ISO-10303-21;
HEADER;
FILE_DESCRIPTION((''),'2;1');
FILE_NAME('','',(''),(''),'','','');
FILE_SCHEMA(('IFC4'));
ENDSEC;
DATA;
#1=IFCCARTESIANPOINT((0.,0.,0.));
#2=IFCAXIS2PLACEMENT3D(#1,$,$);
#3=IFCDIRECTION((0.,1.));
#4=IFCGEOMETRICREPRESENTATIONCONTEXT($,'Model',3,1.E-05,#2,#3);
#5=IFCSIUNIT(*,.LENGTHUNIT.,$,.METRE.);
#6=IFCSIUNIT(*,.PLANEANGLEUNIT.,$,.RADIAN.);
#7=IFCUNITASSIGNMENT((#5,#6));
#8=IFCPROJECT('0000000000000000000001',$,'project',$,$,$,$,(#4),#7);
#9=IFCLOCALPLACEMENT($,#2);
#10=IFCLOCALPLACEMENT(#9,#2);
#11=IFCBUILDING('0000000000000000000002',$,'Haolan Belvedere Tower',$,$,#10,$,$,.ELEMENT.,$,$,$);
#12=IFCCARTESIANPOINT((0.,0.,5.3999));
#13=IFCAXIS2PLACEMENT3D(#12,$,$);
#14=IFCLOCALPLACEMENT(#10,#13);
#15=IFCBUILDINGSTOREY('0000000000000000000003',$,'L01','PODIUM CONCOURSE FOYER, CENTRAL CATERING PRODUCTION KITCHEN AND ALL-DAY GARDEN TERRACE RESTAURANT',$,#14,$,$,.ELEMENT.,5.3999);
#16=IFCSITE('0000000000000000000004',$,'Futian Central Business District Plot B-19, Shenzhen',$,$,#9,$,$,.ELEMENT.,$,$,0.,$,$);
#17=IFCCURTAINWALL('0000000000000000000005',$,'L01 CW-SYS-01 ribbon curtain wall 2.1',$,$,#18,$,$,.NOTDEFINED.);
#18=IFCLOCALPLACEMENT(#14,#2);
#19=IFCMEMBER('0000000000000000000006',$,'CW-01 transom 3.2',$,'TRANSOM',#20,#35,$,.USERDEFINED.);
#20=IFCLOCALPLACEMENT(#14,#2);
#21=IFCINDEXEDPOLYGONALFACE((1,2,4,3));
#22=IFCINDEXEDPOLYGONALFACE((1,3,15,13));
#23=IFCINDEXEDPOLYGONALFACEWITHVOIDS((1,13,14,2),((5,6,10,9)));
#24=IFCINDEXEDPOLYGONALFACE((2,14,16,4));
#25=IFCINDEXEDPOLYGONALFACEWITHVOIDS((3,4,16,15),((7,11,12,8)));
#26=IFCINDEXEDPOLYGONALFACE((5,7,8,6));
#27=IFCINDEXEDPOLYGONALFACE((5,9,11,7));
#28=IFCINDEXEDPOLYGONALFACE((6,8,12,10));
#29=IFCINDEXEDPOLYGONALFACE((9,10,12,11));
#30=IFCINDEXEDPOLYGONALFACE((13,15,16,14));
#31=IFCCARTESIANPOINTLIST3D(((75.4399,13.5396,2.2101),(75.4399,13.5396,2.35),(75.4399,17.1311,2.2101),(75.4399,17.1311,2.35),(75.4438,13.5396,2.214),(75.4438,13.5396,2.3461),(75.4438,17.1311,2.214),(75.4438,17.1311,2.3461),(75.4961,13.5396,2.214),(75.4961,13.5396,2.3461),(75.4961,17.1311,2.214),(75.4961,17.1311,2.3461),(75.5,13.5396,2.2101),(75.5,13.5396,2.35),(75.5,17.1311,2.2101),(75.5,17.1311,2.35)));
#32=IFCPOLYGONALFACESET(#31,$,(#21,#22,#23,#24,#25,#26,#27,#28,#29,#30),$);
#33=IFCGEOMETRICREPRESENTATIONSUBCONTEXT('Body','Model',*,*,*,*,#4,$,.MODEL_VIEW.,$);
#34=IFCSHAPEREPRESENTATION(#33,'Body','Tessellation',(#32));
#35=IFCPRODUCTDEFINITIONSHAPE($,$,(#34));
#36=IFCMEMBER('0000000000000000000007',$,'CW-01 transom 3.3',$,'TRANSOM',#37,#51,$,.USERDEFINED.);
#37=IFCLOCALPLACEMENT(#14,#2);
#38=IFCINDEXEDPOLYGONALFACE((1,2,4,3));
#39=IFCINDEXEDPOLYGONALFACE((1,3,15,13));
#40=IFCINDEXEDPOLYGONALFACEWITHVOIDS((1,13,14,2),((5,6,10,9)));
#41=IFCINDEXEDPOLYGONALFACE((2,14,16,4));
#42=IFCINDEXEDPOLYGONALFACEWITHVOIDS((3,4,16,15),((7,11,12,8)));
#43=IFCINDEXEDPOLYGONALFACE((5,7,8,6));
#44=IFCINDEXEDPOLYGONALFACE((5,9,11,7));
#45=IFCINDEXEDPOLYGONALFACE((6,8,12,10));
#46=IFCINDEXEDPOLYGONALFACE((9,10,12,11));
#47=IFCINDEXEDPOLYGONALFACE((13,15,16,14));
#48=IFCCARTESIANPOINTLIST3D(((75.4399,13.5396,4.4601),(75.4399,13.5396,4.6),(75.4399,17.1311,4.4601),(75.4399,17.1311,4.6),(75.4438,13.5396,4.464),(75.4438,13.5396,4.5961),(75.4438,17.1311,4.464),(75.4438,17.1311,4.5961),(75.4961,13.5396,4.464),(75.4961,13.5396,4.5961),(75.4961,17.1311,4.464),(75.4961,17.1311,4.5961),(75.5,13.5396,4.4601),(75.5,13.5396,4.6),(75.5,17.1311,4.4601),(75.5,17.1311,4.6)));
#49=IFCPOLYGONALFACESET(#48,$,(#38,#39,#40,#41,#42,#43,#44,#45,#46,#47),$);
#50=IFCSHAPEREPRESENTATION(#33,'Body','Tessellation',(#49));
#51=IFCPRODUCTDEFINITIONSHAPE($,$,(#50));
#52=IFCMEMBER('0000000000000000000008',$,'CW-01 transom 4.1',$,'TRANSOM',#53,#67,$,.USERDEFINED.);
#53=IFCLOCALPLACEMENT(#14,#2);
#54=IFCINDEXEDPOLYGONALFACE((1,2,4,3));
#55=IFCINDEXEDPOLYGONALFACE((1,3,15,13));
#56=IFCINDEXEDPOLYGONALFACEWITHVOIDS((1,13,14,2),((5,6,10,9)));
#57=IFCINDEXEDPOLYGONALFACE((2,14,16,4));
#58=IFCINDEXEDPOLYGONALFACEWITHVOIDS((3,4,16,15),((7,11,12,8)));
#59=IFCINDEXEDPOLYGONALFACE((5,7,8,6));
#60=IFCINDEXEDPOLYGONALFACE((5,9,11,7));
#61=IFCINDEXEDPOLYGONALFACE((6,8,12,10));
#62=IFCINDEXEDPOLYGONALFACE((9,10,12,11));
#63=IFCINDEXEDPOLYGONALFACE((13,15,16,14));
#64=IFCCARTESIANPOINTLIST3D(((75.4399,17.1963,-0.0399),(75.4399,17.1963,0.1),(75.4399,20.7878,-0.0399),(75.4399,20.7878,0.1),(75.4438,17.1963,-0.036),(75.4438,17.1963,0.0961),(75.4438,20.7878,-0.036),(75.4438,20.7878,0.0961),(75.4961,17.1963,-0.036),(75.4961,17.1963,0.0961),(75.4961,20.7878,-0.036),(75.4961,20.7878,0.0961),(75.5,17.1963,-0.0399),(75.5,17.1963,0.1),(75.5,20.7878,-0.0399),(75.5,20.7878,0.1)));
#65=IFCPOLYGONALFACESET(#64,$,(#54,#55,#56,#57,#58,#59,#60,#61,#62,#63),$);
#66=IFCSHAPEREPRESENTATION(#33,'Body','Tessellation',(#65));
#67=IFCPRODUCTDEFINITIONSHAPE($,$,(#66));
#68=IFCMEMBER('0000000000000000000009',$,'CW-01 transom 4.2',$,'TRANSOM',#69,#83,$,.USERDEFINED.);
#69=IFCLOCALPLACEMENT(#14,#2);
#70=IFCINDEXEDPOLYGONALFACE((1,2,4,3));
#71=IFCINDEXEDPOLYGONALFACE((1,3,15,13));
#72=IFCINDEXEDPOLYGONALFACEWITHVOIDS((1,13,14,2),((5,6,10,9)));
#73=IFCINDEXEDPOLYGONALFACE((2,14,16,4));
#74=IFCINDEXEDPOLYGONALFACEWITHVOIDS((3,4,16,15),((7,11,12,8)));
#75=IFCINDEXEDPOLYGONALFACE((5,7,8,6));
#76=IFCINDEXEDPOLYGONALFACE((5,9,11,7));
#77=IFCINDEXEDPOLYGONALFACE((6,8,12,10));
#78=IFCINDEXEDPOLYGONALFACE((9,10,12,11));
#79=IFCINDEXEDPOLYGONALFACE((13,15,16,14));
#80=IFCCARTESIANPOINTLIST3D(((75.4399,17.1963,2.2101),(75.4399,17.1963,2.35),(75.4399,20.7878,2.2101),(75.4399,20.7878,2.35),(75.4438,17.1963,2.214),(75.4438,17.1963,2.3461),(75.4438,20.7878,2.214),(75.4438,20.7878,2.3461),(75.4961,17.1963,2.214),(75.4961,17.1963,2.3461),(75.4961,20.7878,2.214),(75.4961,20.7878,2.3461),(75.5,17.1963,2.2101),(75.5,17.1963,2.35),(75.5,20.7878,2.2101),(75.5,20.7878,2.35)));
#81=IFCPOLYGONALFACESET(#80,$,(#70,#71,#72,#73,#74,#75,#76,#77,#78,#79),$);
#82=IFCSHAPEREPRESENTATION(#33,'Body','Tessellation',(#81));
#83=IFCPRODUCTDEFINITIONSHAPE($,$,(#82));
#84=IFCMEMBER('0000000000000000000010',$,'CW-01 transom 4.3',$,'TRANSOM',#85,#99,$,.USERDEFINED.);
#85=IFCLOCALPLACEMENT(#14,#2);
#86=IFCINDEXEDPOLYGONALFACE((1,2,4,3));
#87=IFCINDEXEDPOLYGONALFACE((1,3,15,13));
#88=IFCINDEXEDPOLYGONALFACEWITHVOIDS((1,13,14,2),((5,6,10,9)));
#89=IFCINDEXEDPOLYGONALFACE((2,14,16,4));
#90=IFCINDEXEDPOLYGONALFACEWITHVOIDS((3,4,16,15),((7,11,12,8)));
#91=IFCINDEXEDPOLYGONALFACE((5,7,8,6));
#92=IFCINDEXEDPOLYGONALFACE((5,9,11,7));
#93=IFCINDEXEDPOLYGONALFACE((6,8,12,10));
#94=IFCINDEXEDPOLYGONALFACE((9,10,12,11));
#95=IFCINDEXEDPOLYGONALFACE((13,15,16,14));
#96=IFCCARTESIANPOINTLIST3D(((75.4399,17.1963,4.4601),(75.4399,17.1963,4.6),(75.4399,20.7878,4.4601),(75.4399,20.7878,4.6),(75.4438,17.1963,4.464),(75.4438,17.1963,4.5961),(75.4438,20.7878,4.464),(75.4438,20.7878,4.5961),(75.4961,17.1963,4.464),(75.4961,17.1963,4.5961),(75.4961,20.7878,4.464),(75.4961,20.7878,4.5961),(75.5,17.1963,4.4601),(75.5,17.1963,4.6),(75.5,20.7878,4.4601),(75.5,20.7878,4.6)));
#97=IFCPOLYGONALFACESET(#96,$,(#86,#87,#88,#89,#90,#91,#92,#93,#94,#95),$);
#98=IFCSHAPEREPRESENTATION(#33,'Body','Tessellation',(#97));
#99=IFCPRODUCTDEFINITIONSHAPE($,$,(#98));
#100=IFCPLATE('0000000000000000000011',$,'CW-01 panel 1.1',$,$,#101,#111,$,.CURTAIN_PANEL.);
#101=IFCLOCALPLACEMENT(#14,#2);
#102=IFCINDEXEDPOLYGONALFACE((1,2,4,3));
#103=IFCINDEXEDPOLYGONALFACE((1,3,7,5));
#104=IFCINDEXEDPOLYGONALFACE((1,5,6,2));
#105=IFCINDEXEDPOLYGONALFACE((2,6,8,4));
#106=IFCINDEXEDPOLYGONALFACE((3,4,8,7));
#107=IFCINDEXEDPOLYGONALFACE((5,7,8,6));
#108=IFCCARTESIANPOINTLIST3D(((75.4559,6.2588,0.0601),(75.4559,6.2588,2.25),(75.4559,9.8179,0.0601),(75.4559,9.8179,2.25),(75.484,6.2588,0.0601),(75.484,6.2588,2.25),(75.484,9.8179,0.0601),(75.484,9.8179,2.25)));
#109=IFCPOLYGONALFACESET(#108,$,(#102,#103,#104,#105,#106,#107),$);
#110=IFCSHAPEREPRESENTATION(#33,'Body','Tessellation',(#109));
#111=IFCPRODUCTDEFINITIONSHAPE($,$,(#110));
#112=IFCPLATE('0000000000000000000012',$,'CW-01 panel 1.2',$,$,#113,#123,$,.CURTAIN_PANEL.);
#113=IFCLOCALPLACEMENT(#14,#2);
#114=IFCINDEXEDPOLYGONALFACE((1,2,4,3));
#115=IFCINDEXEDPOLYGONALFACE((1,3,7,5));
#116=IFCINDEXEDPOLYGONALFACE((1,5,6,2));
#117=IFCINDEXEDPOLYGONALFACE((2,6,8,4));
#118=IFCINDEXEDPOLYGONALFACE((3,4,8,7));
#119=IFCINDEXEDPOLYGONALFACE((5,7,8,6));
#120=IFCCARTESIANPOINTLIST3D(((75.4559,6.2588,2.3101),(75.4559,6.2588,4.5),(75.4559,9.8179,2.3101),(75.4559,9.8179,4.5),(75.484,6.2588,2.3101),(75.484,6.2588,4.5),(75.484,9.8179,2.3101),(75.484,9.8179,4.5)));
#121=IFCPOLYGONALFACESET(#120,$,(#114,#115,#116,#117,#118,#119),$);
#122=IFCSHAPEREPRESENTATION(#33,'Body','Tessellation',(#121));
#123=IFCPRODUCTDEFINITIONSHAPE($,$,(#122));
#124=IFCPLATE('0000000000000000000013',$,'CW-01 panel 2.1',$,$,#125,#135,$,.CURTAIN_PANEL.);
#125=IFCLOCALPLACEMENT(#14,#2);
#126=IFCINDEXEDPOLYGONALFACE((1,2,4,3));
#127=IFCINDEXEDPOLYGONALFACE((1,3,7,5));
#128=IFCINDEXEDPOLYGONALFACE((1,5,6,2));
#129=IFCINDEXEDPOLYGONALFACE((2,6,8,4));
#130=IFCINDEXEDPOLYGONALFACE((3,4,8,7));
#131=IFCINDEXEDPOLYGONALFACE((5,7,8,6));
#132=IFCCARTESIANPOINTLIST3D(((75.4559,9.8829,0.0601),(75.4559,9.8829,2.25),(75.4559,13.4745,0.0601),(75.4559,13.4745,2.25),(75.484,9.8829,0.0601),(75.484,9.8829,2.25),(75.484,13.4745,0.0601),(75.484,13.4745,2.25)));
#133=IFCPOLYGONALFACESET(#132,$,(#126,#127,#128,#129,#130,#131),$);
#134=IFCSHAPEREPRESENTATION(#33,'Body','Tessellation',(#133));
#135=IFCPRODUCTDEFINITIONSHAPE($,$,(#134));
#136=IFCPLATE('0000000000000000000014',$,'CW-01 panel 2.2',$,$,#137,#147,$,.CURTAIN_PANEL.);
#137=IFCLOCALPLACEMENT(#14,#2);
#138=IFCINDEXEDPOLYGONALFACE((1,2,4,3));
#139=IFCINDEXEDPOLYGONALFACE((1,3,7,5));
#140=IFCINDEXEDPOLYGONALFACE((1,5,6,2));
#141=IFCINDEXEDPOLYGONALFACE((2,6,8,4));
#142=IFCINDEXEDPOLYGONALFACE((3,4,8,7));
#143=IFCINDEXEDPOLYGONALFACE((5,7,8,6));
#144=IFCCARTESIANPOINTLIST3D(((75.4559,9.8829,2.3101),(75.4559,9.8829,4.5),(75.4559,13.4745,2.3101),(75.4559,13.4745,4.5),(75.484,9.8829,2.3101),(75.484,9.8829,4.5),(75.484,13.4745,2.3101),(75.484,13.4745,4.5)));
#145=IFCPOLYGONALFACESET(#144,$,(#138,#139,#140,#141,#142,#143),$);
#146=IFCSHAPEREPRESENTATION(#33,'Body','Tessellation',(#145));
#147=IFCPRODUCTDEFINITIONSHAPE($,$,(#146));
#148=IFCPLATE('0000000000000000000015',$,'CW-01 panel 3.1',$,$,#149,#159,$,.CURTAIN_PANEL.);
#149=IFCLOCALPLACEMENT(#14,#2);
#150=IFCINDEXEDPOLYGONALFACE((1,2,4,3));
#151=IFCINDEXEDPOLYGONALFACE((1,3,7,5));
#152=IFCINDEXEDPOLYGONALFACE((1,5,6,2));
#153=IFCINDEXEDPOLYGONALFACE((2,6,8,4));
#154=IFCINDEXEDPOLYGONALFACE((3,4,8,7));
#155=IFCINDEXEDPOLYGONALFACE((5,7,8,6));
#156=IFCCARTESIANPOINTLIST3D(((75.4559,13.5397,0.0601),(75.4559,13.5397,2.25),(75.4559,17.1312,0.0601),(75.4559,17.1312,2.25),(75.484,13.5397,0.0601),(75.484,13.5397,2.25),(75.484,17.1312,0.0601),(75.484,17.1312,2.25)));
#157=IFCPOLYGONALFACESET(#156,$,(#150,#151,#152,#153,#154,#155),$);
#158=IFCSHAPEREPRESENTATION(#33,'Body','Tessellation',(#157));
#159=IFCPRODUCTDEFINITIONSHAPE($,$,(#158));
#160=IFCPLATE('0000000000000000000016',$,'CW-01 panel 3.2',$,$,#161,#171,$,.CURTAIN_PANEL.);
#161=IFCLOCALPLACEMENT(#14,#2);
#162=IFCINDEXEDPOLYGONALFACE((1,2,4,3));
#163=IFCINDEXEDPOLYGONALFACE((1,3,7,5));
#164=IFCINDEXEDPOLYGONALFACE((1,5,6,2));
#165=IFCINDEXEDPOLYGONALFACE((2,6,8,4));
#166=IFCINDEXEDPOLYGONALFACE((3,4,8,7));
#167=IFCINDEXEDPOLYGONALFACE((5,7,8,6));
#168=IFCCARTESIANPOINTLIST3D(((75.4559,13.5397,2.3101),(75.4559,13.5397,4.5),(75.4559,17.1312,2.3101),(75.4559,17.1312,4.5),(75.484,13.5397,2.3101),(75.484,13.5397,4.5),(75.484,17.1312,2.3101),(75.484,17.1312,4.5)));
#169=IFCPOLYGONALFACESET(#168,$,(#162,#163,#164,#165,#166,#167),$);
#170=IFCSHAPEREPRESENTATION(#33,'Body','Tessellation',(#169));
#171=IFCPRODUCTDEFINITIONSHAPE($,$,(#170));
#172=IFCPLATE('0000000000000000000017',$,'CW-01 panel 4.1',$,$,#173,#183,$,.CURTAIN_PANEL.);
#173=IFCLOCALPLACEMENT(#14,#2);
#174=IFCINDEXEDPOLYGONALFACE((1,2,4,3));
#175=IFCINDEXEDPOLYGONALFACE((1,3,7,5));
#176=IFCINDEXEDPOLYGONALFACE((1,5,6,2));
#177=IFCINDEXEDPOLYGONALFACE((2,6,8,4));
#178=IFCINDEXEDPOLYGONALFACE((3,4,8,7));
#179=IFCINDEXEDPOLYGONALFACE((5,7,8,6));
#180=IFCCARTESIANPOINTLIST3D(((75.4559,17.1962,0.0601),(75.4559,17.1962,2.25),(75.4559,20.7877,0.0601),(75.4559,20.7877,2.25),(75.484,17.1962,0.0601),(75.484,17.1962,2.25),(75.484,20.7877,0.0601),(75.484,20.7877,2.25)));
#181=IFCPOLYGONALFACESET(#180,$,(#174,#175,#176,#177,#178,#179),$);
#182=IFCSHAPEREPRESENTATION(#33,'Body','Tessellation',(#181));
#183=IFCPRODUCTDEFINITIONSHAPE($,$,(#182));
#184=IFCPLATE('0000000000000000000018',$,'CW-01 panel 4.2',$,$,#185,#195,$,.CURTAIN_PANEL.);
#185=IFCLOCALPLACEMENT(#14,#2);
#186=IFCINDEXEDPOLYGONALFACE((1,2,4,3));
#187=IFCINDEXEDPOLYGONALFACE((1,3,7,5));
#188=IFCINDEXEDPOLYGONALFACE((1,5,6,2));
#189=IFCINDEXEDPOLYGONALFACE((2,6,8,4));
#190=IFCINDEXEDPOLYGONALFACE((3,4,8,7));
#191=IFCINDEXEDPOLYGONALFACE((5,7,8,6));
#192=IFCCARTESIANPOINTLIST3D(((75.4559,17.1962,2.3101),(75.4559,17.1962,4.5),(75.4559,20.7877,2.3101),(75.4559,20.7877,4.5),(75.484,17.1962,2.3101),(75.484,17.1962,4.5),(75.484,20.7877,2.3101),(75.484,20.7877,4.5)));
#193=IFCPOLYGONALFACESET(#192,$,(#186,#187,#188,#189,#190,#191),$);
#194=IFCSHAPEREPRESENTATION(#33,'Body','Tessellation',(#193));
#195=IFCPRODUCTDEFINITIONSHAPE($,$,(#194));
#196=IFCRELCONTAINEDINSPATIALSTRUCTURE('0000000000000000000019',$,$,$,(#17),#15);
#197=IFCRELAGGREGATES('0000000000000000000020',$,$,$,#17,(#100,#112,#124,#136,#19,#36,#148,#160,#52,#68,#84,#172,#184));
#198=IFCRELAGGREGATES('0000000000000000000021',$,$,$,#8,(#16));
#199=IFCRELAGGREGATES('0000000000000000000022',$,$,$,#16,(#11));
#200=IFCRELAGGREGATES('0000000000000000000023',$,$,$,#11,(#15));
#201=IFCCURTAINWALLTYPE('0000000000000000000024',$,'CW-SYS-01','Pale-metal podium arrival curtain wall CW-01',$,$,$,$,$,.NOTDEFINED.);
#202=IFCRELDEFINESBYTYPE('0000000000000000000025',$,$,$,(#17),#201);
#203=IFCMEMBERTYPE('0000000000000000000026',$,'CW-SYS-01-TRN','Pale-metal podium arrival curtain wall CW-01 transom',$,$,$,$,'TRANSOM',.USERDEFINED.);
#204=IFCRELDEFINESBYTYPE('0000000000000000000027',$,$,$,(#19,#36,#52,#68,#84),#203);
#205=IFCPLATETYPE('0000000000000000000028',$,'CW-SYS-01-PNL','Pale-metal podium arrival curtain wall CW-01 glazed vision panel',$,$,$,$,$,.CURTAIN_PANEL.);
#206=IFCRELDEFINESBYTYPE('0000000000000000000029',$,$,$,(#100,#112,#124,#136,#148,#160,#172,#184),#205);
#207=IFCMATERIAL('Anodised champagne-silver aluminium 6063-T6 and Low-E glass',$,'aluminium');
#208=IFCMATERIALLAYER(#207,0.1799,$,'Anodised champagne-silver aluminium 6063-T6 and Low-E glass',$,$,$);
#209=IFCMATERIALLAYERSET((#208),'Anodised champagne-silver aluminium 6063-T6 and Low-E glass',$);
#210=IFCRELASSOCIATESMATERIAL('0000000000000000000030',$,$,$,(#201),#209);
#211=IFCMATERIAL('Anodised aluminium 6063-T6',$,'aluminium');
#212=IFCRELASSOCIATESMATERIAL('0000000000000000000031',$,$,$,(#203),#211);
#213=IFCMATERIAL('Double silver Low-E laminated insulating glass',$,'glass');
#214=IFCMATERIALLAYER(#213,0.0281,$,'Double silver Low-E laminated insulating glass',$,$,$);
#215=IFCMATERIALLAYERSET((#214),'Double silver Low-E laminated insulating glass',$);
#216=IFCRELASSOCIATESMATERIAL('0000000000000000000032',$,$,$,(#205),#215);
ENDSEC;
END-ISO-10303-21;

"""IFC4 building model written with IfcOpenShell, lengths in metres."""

from ifc_helpers import new_model, si_unit, direction, frame, origin, origin_2d, place, context, subcontext, project, spatial, rectangle, hollow_rectangle, extrude, material, layer, layer_set, material_profile, profile_set, type_object, element, aggregate, save


model = new_model("IFC4")

# Units and contexts
model_context = context("Model", 3, precision=1e-05, world=origin(), true_north=direction((0.0, 1.0)))
body_context = subcontext(model_context, "Body", "Model", "MODEL_VIEW")
ifc_project = project(units=[si_unit("LENGTHUNIT", "METRE"), si_unit("PLANEANGLEUNIT", "RADIAN")], contexts=[model_context])

# Site, building, storey
site_placement = place(None, origin())
site = spatial("IfcSite", under=ifc_project, at=site_placement, Name="Futian Central Business District Plot B-19, Shenzhen", CompositionType="ELEMENT", RefElevation=0.0)
building_placement = place(site_placement, origin())
building = spatial("IfcBuilding", under=site, at=building_placement, Name="Haolan Belvedere Tower", CompositionType="ELEMENT")
storey_placement = place(building_placement, frame((0.0, 0.0, 5.3999)))
storey = spatial("IfcBuildingStorey", under=building, at=storey_placement, Name="L01", Description="PODIUM CONCOURSE FOYER, CENTRAL CATERING PRODUCTION KITCHEN AND ALL-DAY GARDEN TERRACE RESTAURANT", CompositionType="ELEMENT", Elevation=5.3999)

# Curtain wall, members, plates
ifc_material_1 = material(Name="Anodised champagne-silver aluminium 6063-T6 and Low-E glass", Category="aluminium")
ifc_layer_1 = layer(ifc_material_1, 0.1799, Name="Anodised champagne-silver aluminium 6063-T6 and Low-E glass")
ifc_layer_set_1 = layer_set([ifc_layer_1], Name="Anodised champagne-silver aluminium 6063-T6 and Low-E glass")
curtain_wall_type = type_object("IfcCurtainWallType", Name="CW-SYS-01", Description="Pale-metal podium arrival curtain wall CW-01", PredefinedType="NOTDEFINED", material=ifc_layer_set_1)
curtain_wall_placement = place(storey_placement, origin())
curtain_wall = element("IfcCurtainWall", 1, at=curtain_wall_placement, inside=storey, type_object=curtain_wall_type, Name="L01 CW-SYS-01 ribbon curtain wall 2.1", PredefinedType="NOTDEFINED")
ifc_material_2 = material(Name="Anodised aluminium 6063-T6", Category="aluminium")
ifc_material_profile_1 = material_profile(ifc_material_2, hollow_rectangle(XDim=0.0601, YDim=0.1399, WallThickness=0.0039, at=origin_2d()), Name="Anodised aluminium 6063-T6")
ifc_profile_set_1 = profile_set([ifc_material_profile_1], Name="Anodised aluminium 6063-T6")
member_type_1 = type_object("IfcMemberType", Name="CW-SYS-01-TRN", Description="Pale-metal podium arrival curtain wall CW-01 transom", ElementType="TRANSOM", PredefinedType="USERDEFINED", material=ifc_profile_set_1)
member_1_placement = place(storey_placement, frame((75.47, 13.5396, 2.28), z_axis=(0.0, 1.0, 0.0), x_axis=(-1.0, 0.0, 0.0)))
member_1 = element("IfcMember", 2, at=member_1_placement, type_object=member_type_1, Name="CW-01 transom 3.2", ObjectType="TRANSOM", PredefinedType="USERDEFINED", context=body_context, shape_type="SweptSolid", body=[
    extrude(hollow_rectangle(XDim=0.0601, YDim=0.1399, WallThickness=0.0039, at=origin_2d()), origin(), (0.0, 0.0, 1.0), 3.5916),
])
member_2_placement = place(storey_placement, frame((75.47, 13.5396, 4.53), z_axis=(0.0, 1.0, 0.0), x_axis=(-1.0, 0.0, 0.0)))
member_2 = element("IfcMember", 3, at=member_2_placement, type_object=member_type_1, Name="CW-01 transom 3.3", ObjectType="TRANSOM", PredefinedType="USERDEFINED", context=body_context, shape_type="SweptSolid", body=[
    extrude(hollow_rectangle(XDim=0.0601, YDim=0.1399, WallThickness=0.0039, at=origin_2d()), origin(), (0.0, 0.0, 1.0), 3.5916),
])
member_3_placement = place(storey_placement, frame((75.47, 17.1963, 0.03), z_axis=(0.0, 1.0, 0.0), x_axis=(-1.0, 0.0, 0.0)))
member_3 = element("IfcMember", 4, at=member_3_placement, type_object=member_type_1, Name="CW-01 transom 4.1", ObjectType="TRANSOM", PredefinedType="USERDEFINED", context=body_context, shape_type="SweptSolid", body=[
    extrude(hollow_rectangle(XDim=0.0601, YDim=0.1399, WallThickness=0.0039, at=origin_2d()), origin(), (0.0, 0.0, 1.0), 3.5916),
])
member_4_placement = place(storey_placement, frame((75.47, 17.1963, 2.28), z_axis=(0.0, 1.0, 0.0), x_axis=(-1.0, 0.0, 0.0)))
member_4 = element("IfcMember", 5, at=member_4_placement, type_object=member_type_1, Name="CW-01 transom 4.2", ObjectType="TRANSOM", PredefinedType="USERDEFINED", context=body_context, shape_type="SweptSolid", body=[
    extrude(hollow_rectangle(XDim=0.0601, YDim=0.1399, WallThickness=0.0039, at=origin_2d()), origin(), (0.0, 0.0, 1.0), 3.5916),
])
member_5_placement = place(storey_placement, frame((75.47, 17.1963, 4.53), z_axis=(0.0, 1.0, 0.0), x_axis=(-1.0, 0.0, 0.0)))
member_5 = element("IfcMember", 6, at=member_5_placement, type_object=member_type_1, Name="CW-01 transom 4.3", ObjectType="TRANSOM", PredefinedType="USERDEFINED", context=body_context, shape_type="SweptSolid", body=[
    extrude(hollow_rectangle(XDim=0.0601, YDim=0.1399, WallThickness=0.0039, at=origin_2d()), origin(), (0.0, 0.0, 1.0), 3.5916),
])
ifc_material_3 = material(Name="Double silver Low-E laminated insulating glass", Category="glass")
ifc_layer_2 = layer(ifc_material_3, 0.0281, Name="Double silver Low-E laminated insulating glass")
ifc_layer_set_2 = layer_set([ifc_layer_2], Name="Double silver Low-E laminated insulating glass")
plate_type = type_object("IfcPlateType", Name="CW-SYS-01-PNL", Description="Pale-metal podium arrival curtain wall CW-01 glazed vision panel", PredefinedType="CURTAIN_PANEL", material=ifc_layer_set_2)
plate_1_placement = place(storey_placement, frame((75.47, 8.0383, 0.0601), z_axis=(0.0, 0.0, 1.0), x_axis=(0.0, 1.0, 0.0)))
plate_1 = element("IfcPlate", 7, at=plate_1_placement, type_object=plate_type, Name="CW-01 panel 1.1", PredefinedType="CURTAIN_PANEL", context=body_context, shape_type="SweptSolid", body=[
    extrude(rectangle(XDim=3.5591, YDim=0.0281, at=origin_2d()), origin(), (0.0, 0.0, 1.0), 2.1899),
])
plate_2_placement = place(storey_placement, frame((75.47, 8.0383, 2.3101), z_axis=(0.0, 0.0, 1.0), x_axis=(0.0, 1.0, 0.0)))
plate_2 = element("IfcPlate", 8, at=plate_2_placement, type_object=plate_type, Name="CW-01 panel 1.2", PredefinedType="CURTAIN_PANEL", context=body_context, shape_type="SweptSolid", body=[
    extrude(rectangle(XDim=3.5591, YDim=0.0281, at=origin_2d()), origin(), (0.0, 0.0, 1.0), 2.1899),
])
plate_3_placement = place(storey_placement, frame((75.47, 11.6787, 0.0601), z_axis=(0.0, 0.0, 1.0), x_axis=(0.0, 1.0, 0.0)))
plate_3 = element("IfcPlate", 9, at=plate_3_placement, type_object=plate_type, Name="CW-01 panel 2.1", PredefinedType="CURTAIN_PANEL", context=body_context, shape_type="SweptSolid", body=[
    extrude(rectangle(XDim=3.5916, YDim=0.0281, at=origin_2d()), origin(), (0.0, 0.0, 1.0), 2.1899),
])
plate_4_placement = place(storey_placement, frame((75.47, 11.6787, 2.3101), z_axis=(0.0, 0.0, 1.0), x_axis=(0.0, 1.0, 0.0)))
plate_4 = element("IfcPlate", 10, at=plate_4_placement, type_object=plate_type, Name="CW-01 panel 2.2", PredefinedType="CURTAIN_PANEL", context=body_context, shape_type="SweptSolid", body=[
    extrude(rectangle(XDim=3.5916, YDim=0.0281, at=origin_2d()), origin(), (0.0, 0.0, 1.0), 2.1899),
])
plate_5_placement = place(storey_placement, frame((75.47, 15.3354, 0.0601), z_axis=(0.0, 0.0, 1.0), x_axis=(0.0, 1.0, 0.0)))
plate_5 = element("IfcPlate", 11, at=plate_5_placement, type_object=plate_type, Name="CW-01 panel 3.1", PredefinedType="CURTAIN_PANEL", context=body_context, shape_type="SweptSolid", body=[
    extrude(rectangle(XDim=3.5916, YDim=0.0281, at=origin_2d()), origin(), (0.0, 0.0, 1.0), 2.1899),
])
plate_6_placement = place(storey_placement, frame((75.47, 15.3354, 2.3101), z_axis=(0.0, 0.0, 1.0), x_axis=(0.0, 1.0, 0.0)))
plate_6 = element("IfcPlate", 12, at=plate_6_placement, type_object=plate_type, Name="CW-01 panel 3.2", PredefinedType="CURTAIN_PANEL", context=body_context, shape_type="SweptSolid", body=[
    extrude(rectangle(XDim=3.5916, YDim=0.0281, at=origin_2d()), origin(), (0.0, 0.0, 1.0), 2.1899),
])
plate_7_placement = place(storey_placement, frame((75.47, 18.9919, 0.0601), z_axis=(0.0, 0.0, 1.0), x_axis=(0.0, 1.0, 0.0)))
plate_7 = element("IfcPlate", 13, at=plate_7_placement, type_object=plate_type, Name="CW-01 panel 4.1", PredefinedType="CURTAIN_PANEL", context=body_context, shape_type="SweptSolid", body=[
    extrude(rectangle(XDim=3.5916, YDim=0.0281, at=origin_2d()), origin(), (0.0, 0.0, 1.0), 2.1899),
])
plate_8_placement = place(storey_placement, frame((75.47, 18.9919, 2.3101), z_axis=(0.0, 0.0, 1.0), x_axis=(0.0, 1.0, 0.0)))
plate_8 = element("IfcPlate", 14, at=plate_8_placement, type_object=plate_type, Name="CW-01 panel 4.2", PredefinedType="CURTAIN_PANEL", context=body_context, shape_type="SweptSolid", body=[
    extrude(rectangle(XDim=3.5916, YDim=0.0281, at=origin_2d()), origin(), (0.0, 0.0, 1.0), 2.1899),
])
aggregate(curtain_wall, [plate_1, plate_2, plate_3, plate_4, member_1, member_2, plate_5, plate_6, member_3, member_4, member_5, plate_7, plate_8])

save(model, "model.ifc")
